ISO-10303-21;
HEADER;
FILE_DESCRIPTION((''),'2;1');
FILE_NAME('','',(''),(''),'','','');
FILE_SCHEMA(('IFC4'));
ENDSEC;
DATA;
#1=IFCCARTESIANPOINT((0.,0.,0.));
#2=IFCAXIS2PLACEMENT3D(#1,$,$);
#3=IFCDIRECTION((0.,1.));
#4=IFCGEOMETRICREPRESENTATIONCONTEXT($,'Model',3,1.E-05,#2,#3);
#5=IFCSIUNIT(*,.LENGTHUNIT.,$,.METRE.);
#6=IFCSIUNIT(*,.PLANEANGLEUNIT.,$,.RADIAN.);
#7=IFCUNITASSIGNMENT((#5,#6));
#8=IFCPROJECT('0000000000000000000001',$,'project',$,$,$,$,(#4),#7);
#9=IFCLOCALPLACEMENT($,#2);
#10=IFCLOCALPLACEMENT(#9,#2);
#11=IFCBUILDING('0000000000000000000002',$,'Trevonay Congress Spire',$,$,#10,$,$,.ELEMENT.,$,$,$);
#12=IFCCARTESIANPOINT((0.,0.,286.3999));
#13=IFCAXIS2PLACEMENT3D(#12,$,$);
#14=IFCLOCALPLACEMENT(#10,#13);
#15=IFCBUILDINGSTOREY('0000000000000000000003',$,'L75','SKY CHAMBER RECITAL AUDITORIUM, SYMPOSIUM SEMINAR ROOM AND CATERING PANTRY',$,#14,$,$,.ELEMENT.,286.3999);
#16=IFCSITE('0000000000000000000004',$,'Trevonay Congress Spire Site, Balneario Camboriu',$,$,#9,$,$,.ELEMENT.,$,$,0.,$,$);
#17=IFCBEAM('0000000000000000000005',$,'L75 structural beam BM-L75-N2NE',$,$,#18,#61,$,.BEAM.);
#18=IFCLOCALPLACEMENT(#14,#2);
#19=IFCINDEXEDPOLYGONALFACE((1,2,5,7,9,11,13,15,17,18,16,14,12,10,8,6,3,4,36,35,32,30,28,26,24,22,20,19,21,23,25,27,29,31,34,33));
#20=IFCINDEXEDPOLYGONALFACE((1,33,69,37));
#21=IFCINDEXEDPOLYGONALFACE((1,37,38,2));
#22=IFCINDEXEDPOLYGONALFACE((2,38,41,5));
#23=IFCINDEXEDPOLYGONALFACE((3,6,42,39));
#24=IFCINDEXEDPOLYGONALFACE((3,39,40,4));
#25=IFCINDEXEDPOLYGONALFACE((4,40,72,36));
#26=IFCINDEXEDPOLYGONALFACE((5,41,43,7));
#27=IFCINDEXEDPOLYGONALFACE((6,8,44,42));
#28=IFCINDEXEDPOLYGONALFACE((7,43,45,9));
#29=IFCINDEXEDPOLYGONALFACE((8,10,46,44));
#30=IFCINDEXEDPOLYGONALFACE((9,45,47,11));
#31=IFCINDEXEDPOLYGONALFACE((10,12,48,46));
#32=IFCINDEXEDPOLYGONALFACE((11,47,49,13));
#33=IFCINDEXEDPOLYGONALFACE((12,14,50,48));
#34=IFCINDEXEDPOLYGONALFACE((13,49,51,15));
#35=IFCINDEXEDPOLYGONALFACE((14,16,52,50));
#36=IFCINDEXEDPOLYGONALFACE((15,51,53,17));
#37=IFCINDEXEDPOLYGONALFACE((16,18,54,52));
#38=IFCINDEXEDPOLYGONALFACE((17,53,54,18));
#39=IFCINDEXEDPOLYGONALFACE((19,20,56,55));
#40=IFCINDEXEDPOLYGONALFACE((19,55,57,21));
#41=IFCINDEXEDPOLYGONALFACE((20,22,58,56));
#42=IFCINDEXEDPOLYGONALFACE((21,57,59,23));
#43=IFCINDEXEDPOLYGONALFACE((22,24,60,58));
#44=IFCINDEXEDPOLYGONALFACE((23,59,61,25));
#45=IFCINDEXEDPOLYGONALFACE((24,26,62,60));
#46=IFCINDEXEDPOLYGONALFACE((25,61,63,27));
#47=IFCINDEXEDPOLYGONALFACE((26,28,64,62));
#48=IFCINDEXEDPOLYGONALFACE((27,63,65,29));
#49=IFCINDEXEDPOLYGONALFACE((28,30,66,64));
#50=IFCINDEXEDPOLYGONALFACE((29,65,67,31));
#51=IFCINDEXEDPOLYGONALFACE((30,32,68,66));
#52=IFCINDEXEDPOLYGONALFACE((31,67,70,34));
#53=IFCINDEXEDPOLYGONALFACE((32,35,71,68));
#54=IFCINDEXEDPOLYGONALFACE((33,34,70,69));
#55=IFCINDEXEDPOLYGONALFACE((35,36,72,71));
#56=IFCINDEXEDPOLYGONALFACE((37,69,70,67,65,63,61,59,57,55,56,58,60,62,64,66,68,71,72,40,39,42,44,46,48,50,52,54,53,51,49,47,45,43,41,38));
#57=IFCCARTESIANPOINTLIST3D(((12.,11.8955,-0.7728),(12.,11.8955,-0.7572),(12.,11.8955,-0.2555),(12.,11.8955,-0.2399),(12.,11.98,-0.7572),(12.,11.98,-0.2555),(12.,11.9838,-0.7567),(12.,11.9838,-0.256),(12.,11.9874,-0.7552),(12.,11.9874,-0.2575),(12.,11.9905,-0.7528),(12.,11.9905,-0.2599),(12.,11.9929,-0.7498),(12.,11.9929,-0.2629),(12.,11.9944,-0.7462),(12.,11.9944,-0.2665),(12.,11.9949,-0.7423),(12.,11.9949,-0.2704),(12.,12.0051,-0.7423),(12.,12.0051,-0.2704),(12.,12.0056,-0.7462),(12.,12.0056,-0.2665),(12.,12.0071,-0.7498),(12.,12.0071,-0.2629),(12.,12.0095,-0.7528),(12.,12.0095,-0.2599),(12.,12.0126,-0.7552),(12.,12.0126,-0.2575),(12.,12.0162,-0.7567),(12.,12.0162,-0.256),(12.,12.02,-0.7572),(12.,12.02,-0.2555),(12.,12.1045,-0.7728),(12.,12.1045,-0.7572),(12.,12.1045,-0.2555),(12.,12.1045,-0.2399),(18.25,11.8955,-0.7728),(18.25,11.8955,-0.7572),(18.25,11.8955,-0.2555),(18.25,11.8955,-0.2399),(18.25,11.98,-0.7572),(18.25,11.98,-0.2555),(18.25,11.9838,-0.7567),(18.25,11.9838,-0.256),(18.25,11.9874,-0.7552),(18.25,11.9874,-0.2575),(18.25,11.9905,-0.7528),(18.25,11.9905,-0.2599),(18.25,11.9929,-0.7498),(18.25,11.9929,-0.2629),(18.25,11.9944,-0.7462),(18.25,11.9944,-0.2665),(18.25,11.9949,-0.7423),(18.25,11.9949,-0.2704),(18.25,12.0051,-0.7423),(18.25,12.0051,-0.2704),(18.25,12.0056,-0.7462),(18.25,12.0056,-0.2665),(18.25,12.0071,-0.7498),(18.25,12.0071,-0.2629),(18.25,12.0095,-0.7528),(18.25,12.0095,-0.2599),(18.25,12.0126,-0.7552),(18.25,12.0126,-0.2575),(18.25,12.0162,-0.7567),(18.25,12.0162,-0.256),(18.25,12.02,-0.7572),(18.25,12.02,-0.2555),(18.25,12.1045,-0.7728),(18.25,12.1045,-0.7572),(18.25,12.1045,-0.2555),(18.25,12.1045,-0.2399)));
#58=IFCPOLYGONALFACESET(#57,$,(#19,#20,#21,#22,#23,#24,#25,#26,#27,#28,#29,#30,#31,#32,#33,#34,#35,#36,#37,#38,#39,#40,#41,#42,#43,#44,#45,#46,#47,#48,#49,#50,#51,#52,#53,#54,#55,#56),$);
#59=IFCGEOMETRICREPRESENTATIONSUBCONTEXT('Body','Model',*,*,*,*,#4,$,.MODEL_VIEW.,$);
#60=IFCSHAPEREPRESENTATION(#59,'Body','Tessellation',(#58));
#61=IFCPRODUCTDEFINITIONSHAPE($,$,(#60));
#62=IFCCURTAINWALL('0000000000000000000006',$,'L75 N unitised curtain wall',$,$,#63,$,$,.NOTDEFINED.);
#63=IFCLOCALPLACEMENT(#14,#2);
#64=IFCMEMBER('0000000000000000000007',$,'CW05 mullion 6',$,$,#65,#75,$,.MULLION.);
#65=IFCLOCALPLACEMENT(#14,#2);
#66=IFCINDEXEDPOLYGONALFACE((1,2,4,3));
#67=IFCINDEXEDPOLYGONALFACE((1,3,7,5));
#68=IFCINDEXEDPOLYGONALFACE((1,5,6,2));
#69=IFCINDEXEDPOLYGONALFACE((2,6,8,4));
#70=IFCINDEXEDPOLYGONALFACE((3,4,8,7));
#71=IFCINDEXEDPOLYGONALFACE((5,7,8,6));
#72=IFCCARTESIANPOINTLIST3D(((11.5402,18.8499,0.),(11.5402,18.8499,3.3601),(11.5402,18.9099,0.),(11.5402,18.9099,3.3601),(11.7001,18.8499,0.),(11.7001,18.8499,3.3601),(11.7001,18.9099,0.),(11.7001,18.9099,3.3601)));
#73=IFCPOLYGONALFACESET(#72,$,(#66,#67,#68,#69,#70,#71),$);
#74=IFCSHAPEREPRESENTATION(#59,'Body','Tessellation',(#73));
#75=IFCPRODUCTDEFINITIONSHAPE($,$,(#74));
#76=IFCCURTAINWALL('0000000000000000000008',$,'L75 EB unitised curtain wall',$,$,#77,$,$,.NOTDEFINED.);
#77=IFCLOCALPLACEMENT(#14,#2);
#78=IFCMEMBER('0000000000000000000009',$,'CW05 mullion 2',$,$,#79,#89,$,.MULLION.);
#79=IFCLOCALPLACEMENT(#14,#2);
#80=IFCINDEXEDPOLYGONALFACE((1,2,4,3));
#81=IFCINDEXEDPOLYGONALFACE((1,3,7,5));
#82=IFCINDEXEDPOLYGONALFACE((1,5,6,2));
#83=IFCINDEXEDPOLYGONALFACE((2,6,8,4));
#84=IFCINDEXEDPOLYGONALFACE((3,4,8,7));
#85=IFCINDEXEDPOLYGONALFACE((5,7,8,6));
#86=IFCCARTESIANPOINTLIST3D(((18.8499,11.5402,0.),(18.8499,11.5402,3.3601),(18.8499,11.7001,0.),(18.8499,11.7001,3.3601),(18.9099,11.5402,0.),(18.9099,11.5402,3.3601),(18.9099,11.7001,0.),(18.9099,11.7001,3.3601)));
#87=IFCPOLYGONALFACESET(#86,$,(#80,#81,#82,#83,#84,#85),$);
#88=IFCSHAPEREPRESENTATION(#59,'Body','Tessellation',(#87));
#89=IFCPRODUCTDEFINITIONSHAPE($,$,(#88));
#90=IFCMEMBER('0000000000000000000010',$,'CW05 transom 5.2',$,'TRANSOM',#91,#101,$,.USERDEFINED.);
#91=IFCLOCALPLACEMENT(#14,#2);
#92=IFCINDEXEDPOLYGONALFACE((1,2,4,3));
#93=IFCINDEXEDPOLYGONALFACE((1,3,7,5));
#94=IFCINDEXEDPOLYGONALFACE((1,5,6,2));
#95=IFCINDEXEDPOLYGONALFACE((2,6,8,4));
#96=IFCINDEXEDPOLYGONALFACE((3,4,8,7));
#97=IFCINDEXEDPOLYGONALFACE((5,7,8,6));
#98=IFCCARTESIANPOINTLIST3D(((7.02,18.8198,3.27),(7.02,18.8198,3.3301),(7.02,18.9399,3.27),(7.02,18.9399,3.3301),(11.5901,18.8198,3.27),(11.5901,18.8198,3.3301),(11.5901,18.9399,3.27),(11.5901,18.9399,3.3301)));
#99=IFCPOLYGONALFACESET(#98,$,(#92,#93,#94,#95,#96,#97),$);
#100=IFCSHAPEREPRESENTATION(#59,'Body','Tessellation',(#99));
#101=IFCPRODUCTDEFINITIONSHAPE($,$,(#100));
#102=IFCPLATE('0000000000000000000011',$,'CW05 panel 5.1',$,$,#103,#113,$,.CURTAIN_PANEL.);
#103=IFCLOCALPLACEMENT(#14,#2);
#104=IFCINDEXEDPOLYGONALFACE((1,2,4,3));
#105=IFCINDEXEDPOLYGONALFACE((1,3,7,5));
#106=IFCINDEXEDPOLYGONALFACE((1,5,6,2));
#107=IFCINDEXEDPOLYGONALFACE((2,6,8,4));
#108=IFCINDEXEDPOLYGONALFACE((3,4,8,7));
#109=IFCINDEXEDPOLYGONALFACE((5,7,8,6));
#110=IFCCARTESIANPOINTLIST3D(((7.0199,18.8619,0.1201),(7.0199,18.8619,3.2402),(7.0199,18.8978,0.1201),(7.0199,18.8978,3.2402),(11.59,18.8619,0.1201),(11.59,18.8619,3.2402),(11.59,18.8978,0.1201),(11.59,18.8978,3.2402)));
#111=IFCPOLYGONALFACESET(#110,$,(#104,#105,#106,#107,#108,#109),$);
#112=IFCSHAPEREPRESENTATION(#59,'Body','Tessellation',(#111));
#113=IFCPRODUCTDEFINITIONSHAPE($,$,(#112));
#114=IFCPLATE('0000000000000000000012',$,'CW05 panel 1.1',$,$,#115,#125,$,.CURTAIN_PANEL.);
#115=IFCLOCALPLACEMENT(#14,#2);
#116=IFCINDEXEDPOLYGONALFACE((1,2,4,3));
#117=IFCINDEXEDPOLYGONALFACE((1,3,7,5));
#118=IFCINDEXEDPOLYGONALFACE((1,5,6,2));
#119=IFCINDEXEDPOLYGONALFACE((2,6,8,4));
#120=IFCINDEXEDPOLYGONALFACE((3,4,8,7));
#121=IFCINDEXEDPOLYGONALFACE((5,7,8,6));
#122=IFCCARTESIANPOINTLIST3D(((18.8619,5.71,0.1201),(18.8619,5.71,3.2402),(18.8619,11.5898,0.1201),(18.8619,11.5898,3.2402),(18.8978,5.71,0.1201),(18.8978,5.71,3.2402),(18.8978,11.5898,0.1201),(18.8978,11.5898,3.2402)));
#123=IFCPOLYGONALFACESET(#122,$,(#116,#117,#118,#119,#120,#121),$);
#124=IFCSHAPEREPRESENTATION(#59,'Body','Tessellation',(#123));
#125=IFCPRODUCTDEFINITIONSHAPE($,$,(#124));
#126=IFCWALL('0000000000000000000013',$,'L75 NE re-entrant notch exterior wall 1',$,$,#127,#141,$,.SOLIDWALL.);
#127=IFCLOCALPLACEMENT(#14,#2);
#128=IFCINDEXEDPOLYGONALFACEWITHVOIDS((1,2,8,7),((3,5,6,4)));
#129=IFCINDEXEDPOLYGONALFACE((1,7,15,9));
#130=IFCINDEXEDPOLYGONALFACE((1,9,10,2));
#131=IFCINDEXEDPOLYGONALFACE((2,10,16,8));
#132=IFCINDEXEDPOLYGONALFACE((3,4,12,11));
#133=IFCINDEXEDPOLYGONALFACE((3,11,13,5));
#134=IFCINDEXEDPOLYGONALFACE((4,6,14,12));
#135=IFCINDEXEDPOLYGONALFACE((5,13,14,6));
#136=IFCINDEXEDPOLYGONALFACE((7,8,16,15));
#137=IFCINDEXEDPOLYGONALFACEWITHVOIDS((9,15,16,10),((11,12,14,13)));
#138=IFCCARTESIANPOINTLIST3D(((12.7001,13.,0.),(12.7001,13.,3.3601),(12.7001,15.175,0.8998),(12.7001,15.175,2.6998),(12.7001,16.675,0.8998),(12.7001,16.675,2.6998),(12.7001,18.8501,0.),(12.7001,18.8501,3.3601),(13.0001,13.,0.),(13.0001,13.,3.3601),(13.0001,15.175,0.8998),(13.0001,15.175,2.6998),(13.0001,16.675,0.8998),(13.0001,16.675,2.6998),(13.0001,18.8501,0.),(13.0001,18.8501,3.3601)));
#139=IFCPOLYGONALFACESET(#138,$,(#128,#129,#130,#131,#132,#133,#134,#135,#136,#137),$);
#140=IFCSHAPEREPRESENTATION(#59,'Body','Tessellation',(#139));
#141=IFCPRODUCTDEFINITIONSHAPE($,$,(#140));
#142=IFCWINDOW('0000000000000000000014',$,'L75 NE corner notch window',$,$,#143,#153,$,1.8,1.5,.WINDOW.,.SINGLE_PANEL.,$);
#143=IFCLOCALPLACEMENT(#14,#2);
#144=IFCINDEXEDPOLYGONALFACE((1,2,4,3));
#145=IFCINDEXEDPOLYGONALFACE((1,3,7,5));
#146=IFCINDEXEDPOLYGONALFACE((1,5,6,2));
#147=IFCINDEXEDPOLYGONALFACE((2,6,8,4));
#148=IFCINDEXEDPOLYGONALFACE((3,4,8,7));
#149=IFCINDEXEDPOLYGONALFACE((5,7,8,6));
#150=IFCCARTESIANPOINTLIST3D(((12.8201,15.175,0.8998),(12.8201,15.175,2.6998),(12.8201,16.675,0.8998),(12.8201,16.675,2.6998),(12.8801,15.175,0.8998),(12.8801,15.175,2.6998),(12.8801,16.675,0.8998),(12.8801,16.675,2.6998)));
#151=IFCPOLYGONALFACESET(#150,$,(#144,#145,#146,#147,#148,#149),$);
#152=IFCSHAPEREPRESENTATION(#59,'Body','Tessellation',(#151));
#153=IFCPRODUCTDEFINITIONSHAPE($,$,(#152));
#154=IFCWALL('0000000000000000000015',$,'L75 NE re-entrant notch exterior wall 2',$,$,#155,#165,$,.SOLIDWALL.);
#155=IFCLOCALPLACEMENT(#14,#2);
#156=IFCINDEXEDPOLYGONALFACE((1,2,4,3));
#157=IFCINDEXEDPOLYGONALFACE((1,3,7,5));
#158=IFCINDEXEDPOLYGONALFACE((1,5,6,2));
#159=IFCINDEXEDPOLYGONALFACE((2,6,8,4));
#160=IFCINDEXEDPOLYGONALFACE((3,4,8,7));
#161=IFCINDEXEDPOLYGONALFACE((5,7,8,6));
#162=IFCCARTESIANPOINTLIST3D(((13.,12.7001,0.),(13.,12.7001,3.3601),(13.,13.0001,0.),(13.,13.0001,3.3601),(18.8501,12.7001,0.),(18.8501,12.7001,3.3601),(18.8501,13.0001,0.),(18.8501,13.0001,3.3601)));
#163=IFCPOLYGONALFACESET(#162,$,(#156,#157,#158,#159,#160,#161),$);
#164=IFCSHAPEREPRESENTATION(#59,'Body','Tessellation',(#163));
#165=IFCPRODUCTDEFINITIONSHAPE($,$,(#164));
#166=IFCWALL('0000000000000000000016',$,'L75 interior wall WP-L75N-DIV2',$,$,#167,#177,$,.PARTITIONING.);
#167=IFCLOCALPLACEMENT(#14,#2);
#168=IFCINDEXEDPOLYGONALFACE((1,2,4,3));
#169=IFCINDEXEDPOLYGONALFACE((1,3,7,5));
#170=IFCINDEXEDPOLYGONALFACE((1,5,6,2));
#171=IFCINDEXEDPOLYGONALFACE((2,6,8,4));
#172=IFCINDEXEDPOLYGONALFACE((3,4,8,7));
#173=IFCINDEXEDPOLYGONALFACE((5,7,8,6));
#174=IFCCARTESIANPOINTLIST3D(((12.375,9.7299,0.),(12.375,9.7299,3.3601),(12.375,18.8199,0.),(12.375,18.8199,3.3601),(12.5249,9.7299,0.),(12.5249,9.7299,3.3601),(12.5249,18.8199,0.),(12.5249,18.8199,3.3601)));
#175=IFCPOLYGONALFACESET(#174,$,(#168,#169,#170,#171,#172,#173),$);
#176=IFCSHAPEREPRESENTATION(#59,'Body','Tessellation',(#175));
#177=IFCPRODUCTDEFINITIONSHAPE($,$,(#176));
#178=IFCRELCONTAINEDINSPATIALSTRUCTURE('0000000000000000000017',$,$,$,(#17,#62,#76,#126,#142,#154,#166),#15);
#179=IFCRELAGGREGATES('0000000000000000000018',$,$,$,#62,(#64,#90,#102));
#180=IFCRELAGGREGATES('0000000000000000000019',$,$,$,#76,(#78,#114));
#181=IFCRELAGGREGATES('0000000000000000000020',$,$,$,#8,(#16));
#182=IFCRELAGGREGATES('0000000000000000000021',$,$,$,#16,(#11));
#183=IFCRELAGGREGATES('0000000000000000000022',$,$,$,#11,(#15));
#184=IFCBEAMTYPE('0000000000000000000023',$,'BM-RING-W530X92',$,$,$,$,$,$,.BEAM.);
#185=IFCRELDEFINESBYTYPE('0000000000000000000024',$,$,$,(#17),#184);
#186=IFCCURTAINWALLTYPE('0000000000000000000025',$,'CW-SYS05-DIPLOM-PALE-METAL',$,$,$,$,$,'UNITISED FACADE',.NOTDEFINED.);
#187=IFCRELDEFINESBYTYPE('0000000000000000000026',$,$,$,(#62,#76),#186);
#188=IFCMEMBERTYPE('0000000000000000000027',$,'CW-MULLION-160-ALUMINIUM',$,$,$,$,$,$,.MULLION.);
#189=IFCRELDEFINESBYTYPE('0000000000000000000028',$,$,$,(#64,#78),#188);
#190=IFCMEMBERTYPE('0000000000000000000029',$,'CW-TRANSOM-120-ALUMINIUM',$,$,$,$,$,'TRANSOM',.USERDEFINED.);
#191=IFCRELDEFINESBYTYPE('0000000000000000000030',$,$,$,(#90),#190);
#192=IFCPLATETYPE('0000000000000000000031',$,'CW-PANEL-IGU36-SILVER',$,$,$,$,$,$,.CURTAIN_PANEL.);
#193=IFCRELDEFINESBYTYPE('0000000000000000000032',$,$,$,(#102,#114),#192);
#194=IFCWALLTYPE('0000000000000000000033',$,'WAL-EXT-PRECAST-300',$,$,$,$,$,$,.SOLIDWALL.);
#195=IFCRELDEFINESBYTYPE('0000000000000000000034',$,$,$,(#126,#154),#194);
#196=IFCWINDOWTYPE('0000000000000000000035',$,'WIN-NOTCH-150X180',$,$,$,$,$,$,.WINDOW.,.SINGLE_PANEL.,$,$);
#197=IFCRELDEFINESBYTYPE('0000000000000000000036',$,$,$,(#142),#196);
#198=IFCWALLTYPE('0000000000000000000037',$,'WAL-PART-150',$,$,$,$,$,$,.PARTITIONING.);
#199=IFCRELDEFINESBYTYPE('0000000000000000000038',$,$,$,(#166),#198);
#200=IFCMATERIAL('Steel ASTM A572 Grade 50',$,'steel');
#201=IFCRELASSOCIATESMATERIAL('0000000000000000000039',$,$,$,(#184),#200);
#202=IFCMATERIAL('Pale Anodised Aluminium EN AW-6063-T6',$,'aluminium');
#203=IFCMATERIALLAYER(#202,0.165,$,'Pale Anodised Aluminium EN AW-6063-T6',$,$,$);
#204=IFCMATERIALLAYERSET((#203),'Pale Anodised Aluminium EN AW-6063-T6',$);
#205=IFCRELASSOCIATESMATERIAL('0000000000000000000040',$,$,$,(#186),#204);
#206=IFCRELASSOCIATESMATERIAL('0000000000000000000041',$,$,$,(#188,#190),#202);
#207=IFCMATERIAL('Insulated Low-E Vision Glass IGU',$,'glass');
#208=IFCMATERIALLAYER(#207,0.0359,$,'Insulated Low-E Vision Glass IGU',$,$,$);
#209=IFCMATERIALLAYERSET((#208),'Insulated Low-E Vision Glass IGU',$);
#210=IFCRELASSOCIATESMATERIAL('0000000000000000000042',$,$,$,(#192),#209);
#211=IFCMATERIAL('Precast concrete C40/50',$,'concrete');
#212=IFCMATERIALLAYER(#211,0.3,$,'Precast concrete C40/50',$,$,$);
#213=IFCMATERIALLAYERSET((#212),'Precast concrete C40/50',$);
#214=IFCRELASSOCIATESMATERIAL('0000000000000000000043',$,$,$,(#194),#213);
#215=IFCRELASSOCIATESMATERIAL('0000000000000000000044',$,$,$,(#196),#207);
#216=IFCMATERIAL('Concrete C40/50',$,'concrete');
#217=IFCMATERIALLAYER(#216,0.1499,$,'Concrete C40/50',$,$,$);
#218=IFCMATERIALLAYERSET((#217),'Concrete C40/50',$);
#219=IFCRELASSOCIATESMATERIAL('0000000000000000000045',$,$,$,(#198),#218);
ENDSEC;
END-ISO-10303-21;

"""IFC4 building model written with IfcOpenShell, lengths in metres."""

from ifc_helpers import new_model, si_unit, direction, frame, frame_2d, origin, origin_2d, place, context, subcontext, project, spatial, rectangle, i_section, extrude, material, layer, layer_set, material_profile, profile_set, type_object, element, fill, aggregate, save


model = new_model("IFC4")

# Units and contexts
model_context = context("Model", 3, precision=1e-05, world=origin(), true_north=direction((0.0, 1.0)))
body_context = subcontext(model_context, "Body", "Model", "MODEL_VIEW")
ifc_project = project(units=[si_unit("LENGTHUNIT", "METRE"), si_unit("PLANEANGLEUNIT", "RADIAN")], contexts=[model_context])

# Site, building, storey
site_placement = place(None, origin())
site = spatial("IfcSite", under=ifc_project, at=site_placement, Name="Trevonay Congress Spire Site, Balneario Camboriu", CompositionType="ELEMENT", RefElevation=0.0)
building_placement = place(site_placement, origin())
building = spatial("IfcBuilding", under=site, at=building_placement, Name="Trevonay Congress Spire", CompositionType="ELEMENT")
storey_placement = place(building_placement, frame((0.0, 0.0, 286.3999)))
storey = spatial("IfcBuildingStorey", under=building, at=storey_placement, Name="L75", Description="SKY CHAMBER RECITAL AUDITORIUM, SYMPOSIUM SEMINAR ROOM AND CATERING PANTRY", CompositionType="ELEMENT", Elevation=286.3999)

# Shared definitions
ifc_material_1 = material(Name="Steel ASTM A572 Grade 50", Category="steel")

# Beam
ifc_material_profile_1 = material_profile(ifc_material_1, i_section(OverallWidth=0.209, OverallDepth=0.533, WebThickness=0.0103, FlangeThickness=0.0156, FilletRadius=0.0149, at=origin_2d()), Name="W530x92")
ifc_profile_set_1 = profile_set([ifc_material_profile_1], Name="Steel ASTM A572 Grade 50")
beam_type_1 = type_object("IfcBeamType", Name="BM-RING-W530X92", PredefinedType="BEAM", material=ifc_profile_set_1)
for number, where, z_axis, x_axis, name in (
    (1, (18.25, 12.0, -0.5063), (-1.0, 0.0, 0.0), (0.0, -1.0, 0.0), "L75 structural beam BM-L75-N2NE"),
):
    element("IfcBeam", number, at=place(storey_placement, frame(where, z_axis=z_axis, x_axis=x_axis)), inside=storey, type_object=beam_type_1, Name=name, PredefinedType="BEAM", context=body_context, shape_type="SweptSolid", body=[
        extrude(i_section(OverallWidth=0.209, OverallDepth=0.533, WebThickness=0.0103, FlangeThickness=0.0156, FilletRadius=0.0149, at=origin_2d()), origin(), (0.0, 0.0, 1.0), 6.25),
    ])

# Curtain walls, members
ifc_material_2 = material(Name="Pale Anodised Aluminium EN AW-6063-T6", Category="aluminium")
ifc_layer_1 = layer(ifc_material_2, 0.165, Name="Pale Anodised Aluminium EN AW-6063-T6")
ifc_layer_set_1 = layer_set([ifc_layer_1], Name="Pale Anodised Aluminium EN AW-6063-T6")
curtain_wall_type = type_object("IfcCurtainWallType", Name="CW-SYS05-DIPLOM-PALE-METAL", ElementType="UNITISED FACADE", PredefinedType="NOTDEFINED", material=ifc_layer_set_1)
curtain_wall_1_placement = place(storey_placement, origin())
curtain_wall_1 = element("IfcCurtainWall", 2, at=curtain_wall_1_placement, inside=storey, type_object=curtain_wall_type, Name="L75 N unitised curtain wall", PredefinedType="NOTDEFINED")
ifc_material_profile_2 = material_profile(ifc_material_2, rectangle(XDim=0.0601, YDim=0.1599, at=origin_2d()), Name="CW-MULLION-160-ALUMINIUM")
ifc_profile_set_2 = profile_set([ifc_material_profile_2], Name="Pale Anodised Aluminium EN AW-6063-T6")
member_type_1 = type_object("IfcMemberType", Name="CW-MULLION-160-ALUMINIUM", PredefinedType="MULLION", material=ifc_profile_set_2)
member_1_placement = place(storey_placement, frame((11.6201, 18.8799, 0.0), z_axis=(0.0, 0.0, 1.0), x_axis=(0.0, 1.0, 0.0)))
member_1 = element("IfcMember", 3, at=member_1_placement, type_object=member_type_1, Name="CW05 mullion 6", PredefinedType="MULLION", context=body_context, shape_type="SweptSolid", body=[
    extrude(rectangle(XDim=0.0601, YDim=0.1599, at=origin_2d()), origin(), (0.0, 0.0, 1.0), 3.3601),
])
curtain_wall_2_placement = place(storey_placement, origin())
curtain_wall_2 = element("IfcCurtainWall", 4, at=curtain_wall_2_placement, inside=storey, type_object=curtain_wall_type, Name="L75 EB unitised curtain wall", PredefinedType="NOTDEFINED")
member_2_placement = place(storey_placement, frame((18.8799, 11.6201, 0.0), z_axis=(0.0, 0.0, 1.0), x_axis=(-1.0, 0.0, 0.0)))
member_2 = element("IfcMember", 5, at=member_2_placement, type_object=member_type_1, Name="CW05 mullion 2", PredefinedType="MULLION", context=body_context, shape_type="SweptSolid", body=[
    extrude(rectangle(XDim=0.0601, YDim=0.1599, at=origin_2d()), origin(), (0.0, 0.0, 1.0), 3.3601),
])

# Member
ifc_material_profile_3 = material_profile(ifc_material_2, rectangle(XDim=0.1201, YDim=0.0601, at=origin_2d()), Name="CW-TRANSOM-120-ALUMINIUM")
ifc_profile_set_3 = profile_set([ifc_material_profile_3], Name="Pale Anodised Aluminium EN AW-6063-T6")
member_type_2 = type_object("IfcMemberType", Name="CW-TRANSOM-120-ALUMINIUM", ElementType="TRANSOM", PredefinedType="USERDEFINED", material=ifc_profile_set_3)
member_3_placement = place(storey_placement, frame((7.02, 18.8799, 3.3), z_axis=(1.0, 0.0, 0.0), x_axis=(0.0, 1.0, 0.0)))
member_3 = element("IfcMember", 6, at=member_3_placement, type_object=member_type_2, Name="CW05 transom 5.2", ObjectType="TRANSOM", PredefinedType="USERDEFINED", context=body_context, shape_type="SweptSolid", body=[
    extrude(rectangle(XDim=0.1201, YDim=0.0601, at=origin_2d()), origin(), (0.0, 0.0, 1.0), 4.5701),
])

# Plates
ifc_material_3 = material(Name="Insulated Low-E Vision Glass IGU", Category="glass")
ifc_layer_2 = layer(ifc_material_3, 0.0359, Name="Insulated Low-E Vision Glass IGU")
ifc_layer_set_2 = layer_set([ifc_layer_2], Name="Insulated Low-E Vision Glass IGU")
plate_type = type_object("IfcPlateType", Name="CW-PANEL-IGU36-SILVER", PredefinedType="CURTAIN_PANEL", material=ifc_layer_set_2)
plate_1_placement = place(storey_placement, frame((9.3049, 18.8799, 0.1201), z_axis=(0.0, 0.0, 1.0), x_axis=(1.0, 0.0, 0.0)))
plate_1 = element("IfcPlate", 7, at=plate_1_placement, type_object=plate_type, Name="CW05 panel 5.1", PredefinedType="CURTAIN_PANEL", context=body_context, shape_type="SweptSolid", body=[
    extrude(rectangle(XDim=4.5701, YDim=0.0359, at=origin_2d()), origin(), (0.0, 0.0, 1.0), 3.1201),
])
aggregate(curtain_wall_1, [member_1, member_3, plate_1])
plate_2_placement = place(storey_placement, frame((18.8799, 8.6499, 0.1201), z_axis=(0.0, 0.0, 1.0), x_axis=(0.0, 1.0, 0.0)))
plate_2 = element("IfcPlate", 8, at=plate_2_placement, type_object=plate_type, Name="CW05 panel 1.1", PredefinedType="CURTAIN_PANEL", context=body_context, shape_type="SweptSolid", body=[
    extrude(rectangle(XDim=5.8799, YDim=0.0359, at=origin_2d()), origin(), (0.0, 0.0, 1.0), 3.1201),
])
aggregate(curtain_wall_2, [member_2, plate_2])

# Wall, opening, window
ifc_material_4 = material(Name="Precast concrete C40/50", Category="concrete")
ifc_layer_3 = layer(ifc_material_4, 0.3, Name="Precast concrete C40/50")
ifc_layer_set_3 = layer_set([ifc_layer_3], Name="Precast concrete C40/50")
wall_type_1 = type_object("IfcWallType", Name="WAL-EXT-PRECAST-300", PredefinedType="SOLIDWALL", material=ifc_layer_set_3)
wall_1_placement = place(storey_placement, frame((12.8501, 18.8501, 0.0), z_axis=(0.0, 0.0, 1.0), x_axis=(0.0, -1.0, 0.0)))
wall_1 = element("IfcWall", 9, at=wall_1_placement, inside=storey, type_object=wall_type_1, Name="L75 NE re-entrant notch exterior wall 1", PredefinedType="SOLIDWALL", context=body_context, shape_type="SweptSolid", body=[
    extrude(rectangle(XDim=5.8501, YDim=0.3, at=frame_2d((2.925, 0.0))), origin(), (0.0, 0.0, 1.0), 3.3601),
])
opening_placement = place(wall_1_placement, frame((2.175, 0.0, 0.8999)))
opening = element("IfcOpeningElement", 10, at=opening_placement, cuts=wall_1, PredefinedType="OPENING", context=body_context, shape_type="SweptSolid", body=[
    extrude(rectangle(XDim=1.5, YDim=1.8, at=frame_2d((0.75, 0.8999))), frame((0.0, 0.1602, 0.0), z_axis=(0.0, -1.0, 0.0), x_axis=(1.0, 0.0, 0.0)), (0.0, 0.0, 1.0), 0.3201),
])
window_type = type_object("IfcWindowType", Name="WIN-NOTCH-150X180", PartitioningType="SINGLE_PANEL", PredefinedType="WINDOW", material=ifc_material_3)
window_placement = place(opening_placement, origin())
window = element("IfcWindow", 11, at=window_placement, inside=storey, type_object=window_type, Name="L75 NE corner notch window", OverallHeight=1.8, OverallWidth=1.5, PartitioningType="SINGLE_PANEL", PredefinedType="WINDOW", context=body_context, shape_type="SweptSolid", body=[
    extrude(rectangle(XDim=1.5, YDim=1.8, at=frame_2d((0.75, 0.8999))), frame((0.0, 0.03, 0.0), z_axis=(0.0, -1.0, 0.0), x_axis=(1.0, 0.0, 0.0)), (0.0, 0.0, 1.0), 0.0601),
])
fill(opening, window)

# Walls
wall_2_placement = place(storey_placement, frame((18.8501, 12.8501, 0.0), z_axis=(0.0, 0.0, 1.0), x_axis=(-1.0, 0.0, 0.0)))
element("IfcWall", 12, at=wall_2_placement, inside=storey, type_object=wall_type_1, Name="L75 NE re-entrant notch exterior wall 2", PredefinedType="SOLIDWALL", context=body_context, shape_type="SweptSolid", body=[
    extrude(rectangle(XDim=5.8501, YDim=0.3, at=frame_2d((2.925, 0.0))), origin(), (0.0, 0.0, 1.0), 3.3601),
])
ifc_material_5 = material(Name="Concrete C40/50", Category="concrete")
ifc_layer_4 = layer(ifc_material_5, 0.1499, Name="Concrete C40/50")
ifc_layer_set_4 = layer_set([ifc_layer_4], Name="Concrete C40/50")
wall_type_2 = type_object("IfcWallType", Name="WAL-PART-150", PredefinedType="PARTITIONING", material=ifc_layer_set_4)
wall_3_placement = place(storey_placement, frame((12.45, 9.73, 0.0), z_axis=(0.0, 0.0, 1.0), x_axis=(0.0, 1.0, 0.0)))
element("IfcWall", 13, at=wall_3_placement, inside=storey, type_object=wall_type_2, Name="L75 interior wall WP-L75N-DIV2", PredefinedType="PARTITIONING", context=body_context, shape_type="SweptSolid", body=[
    extrude(rectangle(XDim=9.0901, YDim=0.1499, at=frame_2d((4.5449, 0.0))), origin(), (0.0, 0.0, 1.0), 3.3601),
])

save(model, "model.ifc")
